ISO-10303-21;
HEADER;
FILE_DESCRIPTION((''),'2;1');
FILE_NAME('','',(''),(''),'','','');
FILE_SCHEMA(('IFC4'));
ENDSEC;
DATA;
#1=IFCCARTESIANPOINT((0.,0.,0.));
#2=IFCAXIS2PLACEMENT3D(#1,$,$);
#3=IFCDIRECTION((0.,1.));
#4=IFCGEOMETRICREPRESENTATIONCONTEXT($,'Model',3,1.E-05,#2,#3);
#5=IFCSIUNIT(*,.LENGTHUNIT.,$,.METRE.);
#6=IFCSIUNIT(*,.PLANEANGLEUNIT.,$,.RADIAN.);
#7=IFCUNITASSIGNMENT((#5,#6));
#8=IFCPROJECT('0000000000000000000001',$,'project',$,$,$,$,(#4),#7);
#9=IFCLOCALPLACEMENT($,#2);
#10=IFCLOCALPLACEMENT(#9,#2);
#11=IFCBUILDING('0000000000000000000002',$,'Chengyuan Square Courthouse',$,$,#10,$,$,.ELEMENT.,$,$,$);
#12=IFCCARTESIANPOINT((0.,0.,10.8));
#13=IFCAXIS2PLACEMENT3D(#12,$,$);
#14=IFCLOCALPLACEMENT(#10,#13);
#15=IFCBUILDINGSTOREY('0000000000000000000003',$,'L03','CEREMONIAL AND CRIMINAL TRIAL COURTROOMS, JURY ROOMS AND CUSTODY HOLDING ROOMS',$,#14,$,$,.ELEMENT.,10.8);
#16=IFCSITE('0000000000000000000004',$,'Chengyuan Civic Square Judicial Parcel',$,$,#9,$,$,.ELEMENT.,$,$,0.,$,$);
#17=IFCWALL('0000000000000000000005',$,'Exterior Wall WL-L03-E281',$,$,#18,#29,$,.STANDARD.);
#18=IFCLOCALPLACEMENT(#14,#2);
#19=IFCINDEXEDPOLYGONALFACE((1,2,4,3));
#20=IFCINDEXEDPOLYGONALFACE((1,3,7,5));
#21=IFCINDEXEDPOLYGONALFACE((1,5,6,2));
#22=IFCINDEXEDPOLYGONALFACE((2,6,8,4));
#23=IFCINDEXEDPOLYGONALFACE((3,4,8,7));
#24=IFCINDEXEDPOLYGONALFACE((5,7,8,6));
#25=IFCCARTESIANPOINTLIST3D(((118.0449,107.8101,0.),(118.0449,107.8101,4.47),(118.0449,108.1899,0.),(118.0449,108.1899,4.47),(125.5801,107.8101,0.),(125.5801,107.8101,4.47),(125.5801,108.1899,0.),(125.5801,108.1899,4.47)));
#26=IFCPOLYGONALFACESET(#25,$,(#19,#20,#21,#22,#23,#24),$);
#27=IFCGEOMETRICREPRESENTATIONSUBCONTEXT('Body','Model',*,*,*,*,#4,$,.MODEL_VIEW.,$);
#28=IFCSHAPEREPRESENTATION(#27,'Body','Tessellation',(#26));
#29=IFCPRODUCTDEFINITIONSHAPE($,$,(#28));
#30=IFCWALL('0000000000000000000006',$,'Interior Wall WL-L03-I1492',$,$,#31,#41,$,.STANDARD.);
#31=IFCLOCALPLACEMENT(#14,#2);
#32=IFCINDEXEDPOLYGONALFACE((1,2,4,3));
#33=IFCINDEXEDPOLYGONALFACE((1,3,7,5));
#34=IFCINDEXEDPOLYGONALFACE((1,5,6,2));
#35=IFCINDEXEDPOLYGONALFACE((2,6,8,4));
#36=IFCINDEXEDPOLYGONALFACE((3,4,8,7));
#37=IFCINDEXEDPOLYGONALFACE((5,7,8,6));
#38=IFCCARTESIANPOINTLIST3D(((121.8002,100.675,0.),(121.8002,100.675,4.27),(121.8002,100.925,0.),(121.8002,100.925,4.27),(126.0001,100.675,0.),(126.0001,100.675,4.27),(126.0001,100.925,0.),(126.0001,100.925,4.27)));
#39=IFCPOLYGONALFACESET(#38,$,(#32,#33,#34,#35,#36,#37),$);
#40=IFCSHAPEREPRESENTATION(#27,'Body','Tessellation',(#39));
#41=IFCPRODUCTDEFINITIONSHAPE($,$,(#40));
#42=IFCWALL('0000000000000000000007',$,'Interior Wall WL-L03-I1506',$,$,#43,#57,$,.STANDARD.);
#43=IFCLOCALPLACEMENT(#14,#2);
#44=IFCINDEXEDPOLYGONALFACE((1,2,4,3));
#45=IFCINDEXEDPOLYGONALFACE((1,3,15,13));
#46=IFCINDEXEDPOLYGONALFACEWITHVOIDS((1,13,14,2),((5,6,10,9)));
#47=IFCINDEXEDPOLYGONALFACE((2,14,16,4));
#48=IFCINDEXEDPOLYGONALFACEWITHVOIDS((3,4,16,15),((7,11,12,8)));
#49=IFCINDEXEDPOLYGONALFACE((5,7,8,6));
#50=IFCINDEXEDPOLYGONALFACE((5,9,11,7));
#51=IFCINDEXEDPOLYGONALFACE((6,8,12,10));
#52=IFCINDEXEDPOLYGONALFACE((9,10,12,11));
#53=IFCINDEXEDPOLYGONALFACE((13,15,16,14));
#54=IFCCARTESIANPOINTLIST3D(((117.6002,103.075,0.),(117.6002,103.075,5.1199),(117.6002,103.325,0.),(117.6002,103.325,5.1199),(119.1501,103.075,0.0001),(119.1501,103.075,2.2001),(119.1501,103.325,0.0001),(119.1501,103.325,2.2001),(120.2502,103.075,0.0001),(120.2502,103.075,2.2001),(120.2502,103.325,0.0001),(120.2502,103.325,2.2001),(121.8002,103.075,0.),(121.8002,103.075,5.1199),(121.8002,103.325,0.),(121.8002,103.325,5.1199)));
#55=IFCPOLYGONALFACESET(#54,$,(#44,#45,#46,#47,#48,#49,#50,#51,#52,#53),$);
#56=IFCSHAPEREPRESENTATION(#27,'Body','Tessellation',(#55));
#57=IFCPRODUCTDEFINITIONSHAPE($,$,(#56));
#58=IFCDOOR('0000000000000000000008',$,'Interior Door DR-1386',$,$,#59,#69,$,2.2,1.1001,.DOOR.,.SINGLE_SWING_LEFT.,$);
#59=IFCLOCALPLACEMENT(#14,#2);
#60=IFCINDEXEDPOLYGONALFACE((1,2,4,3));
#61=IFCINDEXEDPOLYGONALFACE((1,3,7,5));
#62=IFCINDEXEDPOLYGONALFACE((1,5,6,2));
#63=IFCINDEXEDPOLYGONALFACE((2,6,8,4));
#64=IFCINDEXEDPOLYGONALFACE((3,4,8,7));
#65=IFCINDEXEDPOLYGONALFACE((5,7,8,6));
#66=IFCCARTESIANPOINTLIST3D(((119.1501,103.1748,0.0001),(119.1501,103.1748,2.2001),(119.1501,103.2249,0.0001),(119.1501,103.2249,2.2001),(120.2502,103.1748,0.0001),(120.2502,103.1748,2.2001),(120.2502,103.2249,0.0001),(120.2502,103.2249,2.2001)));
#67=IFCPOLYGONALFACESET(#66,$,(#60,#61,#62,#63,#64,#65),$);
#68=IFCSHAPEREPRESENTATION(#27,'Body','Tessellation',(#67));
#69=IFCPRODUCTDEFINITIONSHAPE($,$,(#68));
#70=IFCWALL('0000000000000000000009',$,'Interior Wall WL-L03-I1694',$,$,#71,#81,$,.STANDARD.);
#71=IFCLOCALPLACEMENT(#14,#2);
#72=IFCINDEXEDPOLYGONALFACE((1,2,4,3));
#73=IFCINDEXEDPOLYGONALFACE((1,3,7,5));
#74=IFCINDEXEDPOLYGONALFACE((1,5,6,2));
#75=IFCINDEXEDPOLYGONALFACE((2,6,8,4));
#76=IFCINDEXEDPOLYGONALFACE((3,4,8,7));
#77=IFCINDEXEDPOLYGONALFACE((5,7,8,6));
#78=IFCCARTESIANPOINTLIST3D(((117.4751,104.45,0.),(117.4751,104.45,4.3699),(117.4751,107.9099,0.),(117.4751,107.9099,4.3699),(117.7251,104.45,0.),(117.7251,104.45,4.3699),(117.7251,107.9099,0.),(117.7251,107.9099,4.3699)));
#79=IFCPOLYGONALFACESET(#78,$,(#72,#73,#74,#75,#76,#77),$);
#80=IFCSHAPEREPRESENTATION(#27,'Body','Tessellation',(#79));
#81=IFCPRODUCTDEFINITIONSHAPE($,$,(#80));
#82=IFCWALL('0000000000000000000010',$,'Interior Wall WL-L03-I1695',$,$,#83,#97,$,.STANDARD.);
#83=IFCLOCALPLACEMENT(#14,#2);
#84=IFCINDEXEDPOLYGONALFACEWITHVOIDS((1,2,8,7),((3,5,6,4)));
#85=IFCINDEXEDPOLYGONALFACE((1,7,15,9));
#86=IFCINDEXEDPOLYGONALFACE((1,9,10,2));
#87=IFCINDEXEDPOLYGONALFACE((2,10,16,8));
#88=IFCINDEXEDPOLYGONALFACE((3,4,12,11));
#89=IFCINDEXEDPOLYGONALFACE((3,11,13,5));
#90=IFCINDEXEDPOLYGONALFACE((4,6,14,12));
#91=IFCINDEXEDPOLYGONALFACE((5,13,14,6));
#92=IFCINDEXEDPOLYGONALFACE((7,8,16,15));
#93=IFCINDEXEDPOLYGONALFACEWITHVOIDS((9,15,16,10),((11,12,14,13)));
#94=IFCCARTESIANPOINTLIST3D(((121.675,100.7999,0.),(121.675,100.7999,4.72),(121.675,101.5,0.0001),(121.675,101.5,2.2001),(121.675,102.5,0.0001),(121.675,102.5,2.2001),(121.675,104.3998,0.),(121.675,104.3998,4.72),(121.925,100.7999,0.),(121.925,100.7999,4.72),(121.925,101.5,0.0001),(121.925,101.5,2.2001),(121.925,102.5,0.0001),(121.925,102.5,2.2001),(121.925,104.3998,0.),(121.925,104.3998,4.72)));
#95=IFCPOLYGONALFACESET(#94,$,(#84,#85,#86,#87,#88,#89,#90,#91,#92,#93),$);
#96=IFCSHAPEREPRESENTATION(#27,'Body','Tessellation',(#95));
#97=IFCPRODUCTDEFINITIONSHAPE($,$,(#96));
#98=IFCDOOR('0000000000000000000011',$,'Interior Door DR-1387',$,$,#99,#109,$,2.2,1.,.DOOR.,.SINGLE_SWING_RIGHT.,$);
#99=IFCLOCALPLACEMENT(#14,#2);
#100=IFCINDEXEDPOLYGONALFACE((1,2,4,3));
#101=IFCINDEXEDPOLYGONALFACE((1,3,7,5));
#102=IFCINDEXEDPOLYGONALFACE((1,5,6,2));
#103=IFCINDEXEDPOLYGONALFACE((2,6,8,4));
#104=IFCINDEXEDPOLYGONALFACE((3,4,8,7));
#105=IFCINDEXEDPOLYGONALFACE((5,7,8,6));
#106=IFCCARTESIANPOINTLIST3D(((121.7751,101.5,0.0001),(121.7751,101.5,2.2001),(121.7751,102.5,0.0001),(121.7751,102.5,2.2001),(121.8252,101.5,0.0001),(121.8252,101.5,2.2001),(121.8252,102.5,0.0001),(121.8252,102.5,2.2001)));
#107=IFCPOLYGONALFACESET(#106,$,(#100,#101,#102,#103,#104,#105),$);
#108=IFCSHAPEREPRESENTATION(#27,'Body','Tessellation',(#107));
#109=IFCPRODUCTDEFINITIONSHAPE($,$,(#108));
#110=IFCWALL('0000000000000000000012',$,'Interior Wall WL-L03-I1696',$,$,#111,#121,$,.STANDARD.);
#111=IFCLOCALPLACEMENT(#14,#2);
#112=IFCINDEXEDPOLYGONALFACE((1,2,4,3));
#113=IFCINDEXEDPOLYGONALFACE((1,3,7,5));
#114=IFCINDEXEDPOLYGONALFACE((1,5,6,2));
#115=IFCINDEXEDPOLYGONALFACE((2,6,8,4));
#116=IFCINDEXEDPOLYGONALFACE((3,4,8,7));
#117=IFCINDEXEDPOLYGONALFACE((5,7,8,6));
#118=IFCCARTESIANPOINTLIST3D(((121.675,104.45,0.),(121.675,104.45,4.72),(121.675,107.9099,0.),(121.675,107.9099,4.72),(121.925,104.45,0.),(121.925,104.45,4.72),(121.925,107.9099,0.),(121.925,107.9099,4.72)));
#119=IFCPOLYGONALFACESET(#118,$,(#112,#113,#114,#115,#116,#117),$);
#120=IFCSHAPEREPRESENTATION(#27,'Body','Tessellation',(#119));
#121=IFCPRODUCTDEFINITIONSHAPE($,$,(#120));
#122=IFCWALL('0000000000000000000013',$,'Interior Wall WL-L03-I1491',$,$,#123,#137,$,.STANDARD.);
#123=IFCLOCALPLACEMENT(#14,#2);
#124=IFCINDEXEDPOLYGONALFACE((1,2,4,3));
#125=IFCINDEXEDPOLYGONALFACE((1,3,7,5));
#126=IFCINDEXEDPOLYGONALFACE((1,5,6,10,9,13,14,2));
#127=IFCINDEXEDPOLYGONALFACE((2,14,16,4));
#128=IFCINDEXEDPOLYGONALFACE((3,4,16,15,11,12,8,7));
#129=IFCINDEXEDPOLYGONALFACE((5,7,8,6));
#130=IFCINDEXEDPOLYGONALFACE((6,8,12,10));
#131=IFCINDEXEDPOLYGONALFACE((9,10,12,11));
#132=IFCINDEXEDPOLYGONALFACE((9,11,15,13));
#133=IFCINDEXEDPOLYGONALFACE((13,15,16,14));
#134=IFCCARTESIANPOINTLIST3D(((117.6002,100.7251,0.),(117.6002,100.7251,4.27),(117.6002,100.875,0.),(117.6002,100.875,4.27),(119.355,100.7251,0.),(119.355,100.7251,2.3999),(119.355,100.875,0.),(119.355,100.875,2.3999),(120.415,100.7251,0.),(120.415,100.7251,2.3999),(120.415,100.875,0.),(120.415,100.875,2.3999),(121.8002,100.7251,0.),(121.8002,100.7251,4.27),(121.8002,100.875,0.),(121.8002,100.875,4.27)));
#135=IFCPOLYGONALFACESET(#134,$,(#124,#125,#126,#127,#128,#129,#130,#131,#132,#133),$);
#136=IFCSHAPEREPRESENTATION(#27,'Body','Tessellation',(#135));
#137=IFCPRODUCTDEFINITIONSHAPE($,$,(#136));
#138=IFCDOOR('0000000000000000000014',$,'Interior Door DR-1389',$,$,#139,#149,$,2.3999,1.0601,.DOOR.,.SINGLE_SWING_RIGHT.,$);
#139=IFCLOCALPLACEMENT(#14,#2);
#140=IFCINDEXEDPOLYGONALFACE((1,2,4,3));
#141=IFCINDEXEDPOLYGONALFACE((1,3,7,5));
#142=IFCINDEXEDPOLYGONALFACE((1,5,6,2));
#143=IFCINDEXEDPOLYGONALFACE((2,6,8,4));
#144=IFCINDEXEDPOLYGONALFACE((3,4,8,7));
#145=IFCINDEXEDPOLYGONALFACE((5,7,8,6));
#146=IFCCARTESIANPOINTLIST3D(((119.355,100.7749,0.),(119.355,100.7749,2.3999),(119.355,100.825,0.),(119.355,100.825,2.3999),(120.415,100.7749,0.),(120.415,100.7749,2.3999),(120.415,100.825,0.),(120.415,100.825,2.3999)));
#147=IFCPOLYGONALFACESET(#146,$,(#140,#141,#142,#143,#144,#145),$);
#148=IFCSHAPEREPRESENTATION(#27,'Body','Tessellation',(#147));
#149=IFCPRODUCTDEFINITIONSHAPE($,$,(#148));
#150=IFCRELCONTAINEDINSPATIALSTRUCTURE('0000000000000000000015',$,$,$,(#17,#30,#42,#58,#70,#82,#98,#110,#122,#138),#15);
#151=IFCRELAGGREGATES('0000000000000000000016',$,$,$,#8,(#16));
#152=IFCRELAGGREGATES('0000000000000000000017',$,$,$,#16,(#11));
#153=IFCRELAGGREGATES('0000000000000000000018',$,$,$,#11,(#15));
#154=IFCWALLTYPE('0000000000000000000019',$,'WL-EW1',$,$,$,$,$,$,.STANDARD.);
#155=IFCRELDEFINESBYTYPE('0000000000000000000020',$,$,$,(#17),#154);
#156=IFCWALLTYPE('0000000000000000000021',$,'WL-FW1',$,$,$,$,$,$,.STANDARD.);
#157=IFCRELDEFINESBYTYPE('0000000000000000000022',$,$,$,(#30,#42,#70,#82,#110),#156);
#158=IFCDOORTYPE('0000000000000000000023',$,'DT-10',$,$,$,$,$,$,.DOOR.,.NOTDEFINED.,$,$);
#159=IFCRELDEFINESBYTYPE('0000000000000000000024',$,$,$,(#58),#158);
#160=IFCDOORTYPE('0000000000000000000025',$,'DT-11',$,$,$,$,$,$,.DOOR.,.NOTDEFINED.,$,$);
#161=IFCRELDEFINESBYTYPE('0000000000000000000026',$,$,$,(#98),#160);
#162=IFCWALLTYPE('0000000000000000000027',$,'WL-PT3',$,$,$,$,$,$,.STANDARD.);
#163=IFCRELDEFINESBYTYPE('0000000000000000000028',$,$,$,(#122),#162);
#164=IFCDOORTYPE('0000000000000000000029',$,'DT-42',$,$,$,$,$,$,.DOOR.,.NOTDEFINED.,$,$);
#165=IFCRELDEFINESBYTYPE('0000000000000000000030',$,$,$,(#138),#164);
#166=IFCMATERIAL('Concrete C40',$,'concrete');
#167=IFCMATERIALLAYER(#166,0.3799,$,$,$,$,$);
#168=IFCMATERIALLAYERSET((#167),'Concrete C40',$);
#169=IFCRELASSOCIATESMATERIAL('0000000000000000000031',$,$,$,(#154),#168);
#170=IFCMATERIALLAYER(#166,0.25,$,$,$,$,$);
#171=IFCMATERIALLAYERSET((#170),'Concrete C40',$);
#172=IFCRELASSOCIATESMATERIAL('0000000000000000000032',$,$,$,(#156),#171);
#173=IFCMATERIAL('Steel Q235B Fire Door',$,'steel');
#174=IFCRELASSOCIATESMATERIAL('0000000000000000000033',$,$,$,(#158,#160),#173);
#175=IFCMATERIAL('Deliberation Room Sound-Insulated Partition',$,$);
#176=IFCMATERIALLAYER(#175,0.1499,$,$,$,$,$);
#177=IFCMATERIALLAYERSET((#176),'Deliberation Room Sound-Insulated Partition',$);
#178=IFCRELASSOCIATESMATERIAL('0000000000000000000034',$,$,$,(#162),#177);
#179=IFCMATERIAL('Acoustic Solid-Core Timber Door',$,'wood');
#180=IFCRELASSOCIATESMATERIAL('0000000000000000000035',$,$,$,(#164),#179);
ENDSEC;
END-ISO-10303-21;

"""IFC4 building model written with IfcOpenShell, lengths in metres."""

from ifc_helpers import new_model, si_unit, direction, frame, frame_2d, origin, place, context, subcontext, project, spatial, rectangle, extrude, material, layer, layer_set, type_object, element, fill, save


model = new_model("IFC4")

# Units and contexts
model_context = context("Model", 3, precision=1e-05, world=origin(), true_north=direction((0.0, 1.0)))
body_context = subcontext(model_context, "Body", "Model", "MODEL_VIEW")
ifc_project = project(units=[si_unit("LENGTHUNIT", "METRE"), si_unit("PLANEANGLEUNIT", "RADIAN")], contexts=[model_context])

# Site, building, storey
site_placement = place(None, origin())
site = spatial("IfcSite", under=ifc_project, at=site_placement, Name="Chengyuan Civic Square Judicial Parcel", CompositionType="ELEMENT", RefElevation=0.0)
building_placement = place(site_placement, origin())
building = spatial("IfcBuilding", under=site, at=building_placement, Name="Chengyuan Square Courthouse", CompositionType="ELEMENT")
storey_placement = place(building_placement, frame((0.0, 0.0, 10.8)))
storey = spatial("IfcBuildingStorey", under=building, at=storey_placement, Name="L03", Description="CEREMONIAL AND CRIMINAL TRIAL COURTROOMS, JURY ROOMS AND CUSTODY HOLDING ROOMS", CompositionType="ELEMENT", Elevation=10.8)

# Shared definitions
ifc_material_1 = material(Name="Concrete C40", Category="concrete")

# Shared definitions
ifc_layer_1 = layer(ifc_material_1, 0.3799)
ifc_layer_set_1 = layer_set([ifc_layer_1], Name="Concrete C40")
wall_type_1 = type_object("IfcWallType", Name="WL-EW1", PredefinedType="STANDARD", material=ifc_layer_set_1)

# Walls
wall_1_placement = place(storey_placement, frame((118.0449, 108.0, 0.0), z_axis=(0.0, 0.0, 1.0), x_axis=(1.0, 0.0, 0.0)))
element("IfcWall", 1, at=wall_1_placement, inside=storey, type_object=wall_type_1, Name="Exterior Wall WL-L03-E281", PredefinedType="STANDARD", context=body_context, shape_type="SweptSolid", body=[
    extrude(rectangle(XDim=7.5352, YDim=0.3799, at=frame_2d((3.7676, 0.0))), origin(), (0.0, 0.0, 1.0), 4.47),
])
ifc_layer_2 = layer(ifc_material_1, 0.25)
ifc_layer_set_2 = layer_set([ifc_layer_2], Name="Concrete C40")
wall_type_2 = type_object("IfcWallType", Name="WL-FW1", PredefinedType="STANDARD", material=ifc_layer_set_2)
wall_2_placement = place(storey_placement, frame((121.8, 100.8, 0.0), z_axis=(0.0, 0.0, 1.0), x_axis=(1.0, 0.0, 0.0)))
element("IfcWall", 2, at=wall_2_placement, inside=storey, type_object=wall_type_2, Name="Interior Wall WL-L03-I1492", PredefinedType="STANDARD", context=body_context, shape_type="SweptSolid", body=[
    extrude(rectangle(XDim=4.2, YDim=0.25, at=frame_2d((2.1001, 0.0))), origin(), (0.0, 0.0, 1.0), 4.27),
])

# Wall, opening, door
wall_3_placement = place(storey_placement, frame((117.6001, 103.2, 0.0), z_axis=(0.0, 0.0, 1.0), x_axis=(1.0, 0.0, 0.0)))
wall_3 = element("IfcWall", 3, at=wall_3_placement, inside=storey, type_object=wall_type_2, Name="Interior Wall WL-L03-I1506", PredefinedType="STANDARD", context=body_context, shape_type="SweptSolid", body=[
    extrude(rectangle(XDim=4.2, YDim=0.25, at=frame_2d((2.1001, 0.0))), origin(), (0.0, 0.0, 1.0), 5.1199),
])
opening_1_placement = place(wall_3_placement, frame((1.55, 0.0, 0.0)))
opening_1 = element("IfcOpeningElement", 4, at=opening_1_placement, cuts=wall_3, PredefinedType="OPENING", context=body_context, shape_type="SweptSolid", body=[
    extrude(rectangle(XDim=1.1001, YDim=2.2, at=frame_2d((0.55, 1.1001))), frame((0.0, 0.137, 0.0), z_axis=(0.0, -1.0, 0.0), x_axis=(1.0, 0.0, 0.0)), (0.0, 0.0, 1.0), 0.2739),
])
ifc_material_2 = material(Name="Steel Q235B Fire Door", Category="steel")
door_type_1 = type_object("IfcDoorType", Name="DT-10", OperationType="NOTDEFINED", PredefinedType="DOOR", material=ifc_material_2)
door_1_placement = place(opening_1_placement, origin())
door_1 = element("IfcDoor", 5, at=door_1_placement, inside=storey, type_object=door_type_1, Name="Interior Door DR-1386", OperationType="SINGLE_SWING_LEFT", OverallHeight=2.2, OverallWidth=1.1001, PredefinedType="DOOR", context=body_context, shape_type="SweptSolid", body=[
    extrude(rectangle(XDim=1.1001, YDim=2.2, at=frame_2d((0.55, 1.1001))), frame((0.0, 0.0249, 0.0), z_axis=(0.0, -1.0, 0.0), x_axis=(1.0, 0.0, 0.0)), (0.0, 0.0, 1.0), 0.05),
])
fill(opening_1, door_1)

# Wall
wall_4_placement = place(storey_placement, frame((117.6001, 104.45, 0.0), z_axis=(0.0, 0.0, 1.0), x_axis=(0.0, 1.0, 0.0)))
element("IfcWall", 6, at=wall_4_placement, inside=storey, type_object=wall_type_2, Name="Interior Wall WL-L03-I1694", PredefinedType="STANDARD", context=body_context, shape_type="SweptSolid", body=[
    extrude(rectangle(XDim=3.46, YDim=0.25, at=frame_2d((1.73, 0.0))), origin(), (0.0, 0.0, 1.0), 4.3699),
])

# Wall, opening, door
wall_5_placement = place(storey_placement, frame((121.8, 100.8, 0.0), z_axis=(0.0, 0.0, 1.0), x_axis=(0.0, 1.0, 0.0)))
wall_5 = element("IfcWall", 7, at=wall_5_placement, inside=storey, type_object=wall_type_2, Name="Interior Wall WL-L03-I1695", PredefinedType="STANDARD", context=body_context, shape_type="SweptSolid", body=[
    extrude(rectangle(XDim=3.5999, YDim=0.25, at=frame_2d((1.7998, 0.0))), origin(), (0.0, 0.0, 1.0), 4.72),
])
opening_2_placement = place(wall_5_placement, frame((0.7, 0.0, 0.0)))
opening_2 = element("IfcOpeningElement", 8, at=opening_2_placement, cuts=wall_5, PredefinedType="OPENING", context=body_context, shape_type="SweptSolid", body=[
    extrude(rectangle(XDim=1.0, YDim=2.2, at=frame_2d((0.5, 1.1001))), frame((0.0, 0.137, 0.0), z_axis=(0.0, -1.0, 0.0), x_axis=(1.0, 0.0, 0.0)), (0.0, 0.0, 1.0), 0.2739),
])
door_type_2 = type_object("IfcDoorType", Name="DT-11", OperationType="NOTDEFINED", PredefinedType="DOOR", material=ifc_material_2)
door_2_placement = place(opening_2_placement, origin())
door_2 = element("IfcDoor", 9, at=door_2_placement, inside=storey, type_object=door_type_2, Name="Interior Door DR-1387", OperationType="SINGLE_SWING_RIGHT", OverallHeight=2.2, OverallWidth=1.0, PredefinedType="DOOR", context=body_context, shape_type="SweptSolid", body=[
    extrude(rectangle(XDim=1.0, YDim=2.2, at=frame_2d((0.5, 1.1001))), frame((0.0, 0.0249, 0.0), z_axis=(0.0, -1.0, 0.0), x_axis=(1.0, 0.0, 0.0)), (0.0, 0.0, 1.0), 0.05),
])
fill(opening_2, door_2)

# Wall
wall_6_placement = place(storey_placement, frame((121.8, 104.45, 0.0), z_axis=(0.0, 0.0, 1.0), x_axis=(0.0, 1.0, 0.0)))
element("IfcWall", 10, at=wall_6_placement, inside=storey, type_object=wall_type_2, Name="Interior Wall WL-L03-I1696", PredefinedType="STANDARD", context=body_context, shape_type="SweptSolid", body=[
    extrude(rectangle(XDim=3.46, YDim=0.25, at=frame_2d((1.73, 0.0))), origin(), (0.0, 0.0, 1.0), 4.72),
])

# Wall, opening, door
ifc_material_3 = material(Name="Deliberation Room Sound-Insulated Partition")
ifc_layer_3 = layer(ifc_material_3, 0.1499)
ifc_layer_set_3 = layer_set([ifc_layer_3], Name="Deliberation Room Sound-Insulated Partition")
wall_type_3 = type_object("IfcWallType", Name="WL-PT3", PredefinedType="STANDARD", material=ifc_layer_set_3)
wall_7_placement = place(storey_placement, frame((117.6001, 100.8, 0.0), z_axis=(0.0, 0.0, 1.0), x_axis=(1.0, 0.0, 0.0)))
wall_7 = element("IfcWall", 11, at=wall_7_placement, inside=storey, type_object=wall_type_3, Name="Interior Wall WL-L03-I1491", PredefinedType="STANDARD", context=body_context, shape_type="SweptSolid", body=[
    extrude(rectangle(XDim=4.2, YDim=0.1499, at=frame_2d((2.1001, 0.0))), origin(), (0.0, 0.0, 1.0), 4.27),
])
opening_3_placement = place(wall_7_placement, frame((1.7549, 0.0, 0.0)))
opening_3 = element("IfcOpeningElement", 12, at=opening_3_placement, cuts=wall_7, PredefinedType="OPENING", context=body_context, shape_type="SweptSolid", body=[
    extrude(rectangle(XDim=1.0601, YDim=2.3999, at=frame_2d((0.53, 1.2))), frame((0.0, 0.0869, 0.0), z_axis=(0.0, -1.0, 0.0), x_axis=(1.0, 0.0, 0.0)), (0.0, 0.0, 1.0), 0.1738),
])
ifc_material_4 = material(Name="Acoustic Solid-Core Timber Door", Category="wood")
door_type_3 = type_object("IfcDoorType", Name="DT-42", OperationType="NOTDEFINED", PredefinedType="DOOR", material=ifc_material_4)
door_3_placement = place(opening_3_placement, origin())
door_3 = element("IfcDoor", 13, at=door_3_placement, inside=storey, type_object=door_type_3, Name="Interior Door DR-1389", OperationType="SINGLE_SWING_RIGHT", OverallHeight=2.3999, OverallWidth=1.0601, PredefinedType="DOOR", context=body_context, shape_type="SweptSolid", body=[
    extrude(rectangle(XDim=1.0601, YDim=2.3999, at=frame_2d((0.53, 1.2))), frame((0.0, 0.0249, 0.0), z_axis=(0.0, -1.0, 0.0), x_axis=(1.0, 0.0, 0.0)), (0.0, 0.0, 1.0), 0.05),
])
fill(opening_3, door_3)

save(model, "model.ifc")
